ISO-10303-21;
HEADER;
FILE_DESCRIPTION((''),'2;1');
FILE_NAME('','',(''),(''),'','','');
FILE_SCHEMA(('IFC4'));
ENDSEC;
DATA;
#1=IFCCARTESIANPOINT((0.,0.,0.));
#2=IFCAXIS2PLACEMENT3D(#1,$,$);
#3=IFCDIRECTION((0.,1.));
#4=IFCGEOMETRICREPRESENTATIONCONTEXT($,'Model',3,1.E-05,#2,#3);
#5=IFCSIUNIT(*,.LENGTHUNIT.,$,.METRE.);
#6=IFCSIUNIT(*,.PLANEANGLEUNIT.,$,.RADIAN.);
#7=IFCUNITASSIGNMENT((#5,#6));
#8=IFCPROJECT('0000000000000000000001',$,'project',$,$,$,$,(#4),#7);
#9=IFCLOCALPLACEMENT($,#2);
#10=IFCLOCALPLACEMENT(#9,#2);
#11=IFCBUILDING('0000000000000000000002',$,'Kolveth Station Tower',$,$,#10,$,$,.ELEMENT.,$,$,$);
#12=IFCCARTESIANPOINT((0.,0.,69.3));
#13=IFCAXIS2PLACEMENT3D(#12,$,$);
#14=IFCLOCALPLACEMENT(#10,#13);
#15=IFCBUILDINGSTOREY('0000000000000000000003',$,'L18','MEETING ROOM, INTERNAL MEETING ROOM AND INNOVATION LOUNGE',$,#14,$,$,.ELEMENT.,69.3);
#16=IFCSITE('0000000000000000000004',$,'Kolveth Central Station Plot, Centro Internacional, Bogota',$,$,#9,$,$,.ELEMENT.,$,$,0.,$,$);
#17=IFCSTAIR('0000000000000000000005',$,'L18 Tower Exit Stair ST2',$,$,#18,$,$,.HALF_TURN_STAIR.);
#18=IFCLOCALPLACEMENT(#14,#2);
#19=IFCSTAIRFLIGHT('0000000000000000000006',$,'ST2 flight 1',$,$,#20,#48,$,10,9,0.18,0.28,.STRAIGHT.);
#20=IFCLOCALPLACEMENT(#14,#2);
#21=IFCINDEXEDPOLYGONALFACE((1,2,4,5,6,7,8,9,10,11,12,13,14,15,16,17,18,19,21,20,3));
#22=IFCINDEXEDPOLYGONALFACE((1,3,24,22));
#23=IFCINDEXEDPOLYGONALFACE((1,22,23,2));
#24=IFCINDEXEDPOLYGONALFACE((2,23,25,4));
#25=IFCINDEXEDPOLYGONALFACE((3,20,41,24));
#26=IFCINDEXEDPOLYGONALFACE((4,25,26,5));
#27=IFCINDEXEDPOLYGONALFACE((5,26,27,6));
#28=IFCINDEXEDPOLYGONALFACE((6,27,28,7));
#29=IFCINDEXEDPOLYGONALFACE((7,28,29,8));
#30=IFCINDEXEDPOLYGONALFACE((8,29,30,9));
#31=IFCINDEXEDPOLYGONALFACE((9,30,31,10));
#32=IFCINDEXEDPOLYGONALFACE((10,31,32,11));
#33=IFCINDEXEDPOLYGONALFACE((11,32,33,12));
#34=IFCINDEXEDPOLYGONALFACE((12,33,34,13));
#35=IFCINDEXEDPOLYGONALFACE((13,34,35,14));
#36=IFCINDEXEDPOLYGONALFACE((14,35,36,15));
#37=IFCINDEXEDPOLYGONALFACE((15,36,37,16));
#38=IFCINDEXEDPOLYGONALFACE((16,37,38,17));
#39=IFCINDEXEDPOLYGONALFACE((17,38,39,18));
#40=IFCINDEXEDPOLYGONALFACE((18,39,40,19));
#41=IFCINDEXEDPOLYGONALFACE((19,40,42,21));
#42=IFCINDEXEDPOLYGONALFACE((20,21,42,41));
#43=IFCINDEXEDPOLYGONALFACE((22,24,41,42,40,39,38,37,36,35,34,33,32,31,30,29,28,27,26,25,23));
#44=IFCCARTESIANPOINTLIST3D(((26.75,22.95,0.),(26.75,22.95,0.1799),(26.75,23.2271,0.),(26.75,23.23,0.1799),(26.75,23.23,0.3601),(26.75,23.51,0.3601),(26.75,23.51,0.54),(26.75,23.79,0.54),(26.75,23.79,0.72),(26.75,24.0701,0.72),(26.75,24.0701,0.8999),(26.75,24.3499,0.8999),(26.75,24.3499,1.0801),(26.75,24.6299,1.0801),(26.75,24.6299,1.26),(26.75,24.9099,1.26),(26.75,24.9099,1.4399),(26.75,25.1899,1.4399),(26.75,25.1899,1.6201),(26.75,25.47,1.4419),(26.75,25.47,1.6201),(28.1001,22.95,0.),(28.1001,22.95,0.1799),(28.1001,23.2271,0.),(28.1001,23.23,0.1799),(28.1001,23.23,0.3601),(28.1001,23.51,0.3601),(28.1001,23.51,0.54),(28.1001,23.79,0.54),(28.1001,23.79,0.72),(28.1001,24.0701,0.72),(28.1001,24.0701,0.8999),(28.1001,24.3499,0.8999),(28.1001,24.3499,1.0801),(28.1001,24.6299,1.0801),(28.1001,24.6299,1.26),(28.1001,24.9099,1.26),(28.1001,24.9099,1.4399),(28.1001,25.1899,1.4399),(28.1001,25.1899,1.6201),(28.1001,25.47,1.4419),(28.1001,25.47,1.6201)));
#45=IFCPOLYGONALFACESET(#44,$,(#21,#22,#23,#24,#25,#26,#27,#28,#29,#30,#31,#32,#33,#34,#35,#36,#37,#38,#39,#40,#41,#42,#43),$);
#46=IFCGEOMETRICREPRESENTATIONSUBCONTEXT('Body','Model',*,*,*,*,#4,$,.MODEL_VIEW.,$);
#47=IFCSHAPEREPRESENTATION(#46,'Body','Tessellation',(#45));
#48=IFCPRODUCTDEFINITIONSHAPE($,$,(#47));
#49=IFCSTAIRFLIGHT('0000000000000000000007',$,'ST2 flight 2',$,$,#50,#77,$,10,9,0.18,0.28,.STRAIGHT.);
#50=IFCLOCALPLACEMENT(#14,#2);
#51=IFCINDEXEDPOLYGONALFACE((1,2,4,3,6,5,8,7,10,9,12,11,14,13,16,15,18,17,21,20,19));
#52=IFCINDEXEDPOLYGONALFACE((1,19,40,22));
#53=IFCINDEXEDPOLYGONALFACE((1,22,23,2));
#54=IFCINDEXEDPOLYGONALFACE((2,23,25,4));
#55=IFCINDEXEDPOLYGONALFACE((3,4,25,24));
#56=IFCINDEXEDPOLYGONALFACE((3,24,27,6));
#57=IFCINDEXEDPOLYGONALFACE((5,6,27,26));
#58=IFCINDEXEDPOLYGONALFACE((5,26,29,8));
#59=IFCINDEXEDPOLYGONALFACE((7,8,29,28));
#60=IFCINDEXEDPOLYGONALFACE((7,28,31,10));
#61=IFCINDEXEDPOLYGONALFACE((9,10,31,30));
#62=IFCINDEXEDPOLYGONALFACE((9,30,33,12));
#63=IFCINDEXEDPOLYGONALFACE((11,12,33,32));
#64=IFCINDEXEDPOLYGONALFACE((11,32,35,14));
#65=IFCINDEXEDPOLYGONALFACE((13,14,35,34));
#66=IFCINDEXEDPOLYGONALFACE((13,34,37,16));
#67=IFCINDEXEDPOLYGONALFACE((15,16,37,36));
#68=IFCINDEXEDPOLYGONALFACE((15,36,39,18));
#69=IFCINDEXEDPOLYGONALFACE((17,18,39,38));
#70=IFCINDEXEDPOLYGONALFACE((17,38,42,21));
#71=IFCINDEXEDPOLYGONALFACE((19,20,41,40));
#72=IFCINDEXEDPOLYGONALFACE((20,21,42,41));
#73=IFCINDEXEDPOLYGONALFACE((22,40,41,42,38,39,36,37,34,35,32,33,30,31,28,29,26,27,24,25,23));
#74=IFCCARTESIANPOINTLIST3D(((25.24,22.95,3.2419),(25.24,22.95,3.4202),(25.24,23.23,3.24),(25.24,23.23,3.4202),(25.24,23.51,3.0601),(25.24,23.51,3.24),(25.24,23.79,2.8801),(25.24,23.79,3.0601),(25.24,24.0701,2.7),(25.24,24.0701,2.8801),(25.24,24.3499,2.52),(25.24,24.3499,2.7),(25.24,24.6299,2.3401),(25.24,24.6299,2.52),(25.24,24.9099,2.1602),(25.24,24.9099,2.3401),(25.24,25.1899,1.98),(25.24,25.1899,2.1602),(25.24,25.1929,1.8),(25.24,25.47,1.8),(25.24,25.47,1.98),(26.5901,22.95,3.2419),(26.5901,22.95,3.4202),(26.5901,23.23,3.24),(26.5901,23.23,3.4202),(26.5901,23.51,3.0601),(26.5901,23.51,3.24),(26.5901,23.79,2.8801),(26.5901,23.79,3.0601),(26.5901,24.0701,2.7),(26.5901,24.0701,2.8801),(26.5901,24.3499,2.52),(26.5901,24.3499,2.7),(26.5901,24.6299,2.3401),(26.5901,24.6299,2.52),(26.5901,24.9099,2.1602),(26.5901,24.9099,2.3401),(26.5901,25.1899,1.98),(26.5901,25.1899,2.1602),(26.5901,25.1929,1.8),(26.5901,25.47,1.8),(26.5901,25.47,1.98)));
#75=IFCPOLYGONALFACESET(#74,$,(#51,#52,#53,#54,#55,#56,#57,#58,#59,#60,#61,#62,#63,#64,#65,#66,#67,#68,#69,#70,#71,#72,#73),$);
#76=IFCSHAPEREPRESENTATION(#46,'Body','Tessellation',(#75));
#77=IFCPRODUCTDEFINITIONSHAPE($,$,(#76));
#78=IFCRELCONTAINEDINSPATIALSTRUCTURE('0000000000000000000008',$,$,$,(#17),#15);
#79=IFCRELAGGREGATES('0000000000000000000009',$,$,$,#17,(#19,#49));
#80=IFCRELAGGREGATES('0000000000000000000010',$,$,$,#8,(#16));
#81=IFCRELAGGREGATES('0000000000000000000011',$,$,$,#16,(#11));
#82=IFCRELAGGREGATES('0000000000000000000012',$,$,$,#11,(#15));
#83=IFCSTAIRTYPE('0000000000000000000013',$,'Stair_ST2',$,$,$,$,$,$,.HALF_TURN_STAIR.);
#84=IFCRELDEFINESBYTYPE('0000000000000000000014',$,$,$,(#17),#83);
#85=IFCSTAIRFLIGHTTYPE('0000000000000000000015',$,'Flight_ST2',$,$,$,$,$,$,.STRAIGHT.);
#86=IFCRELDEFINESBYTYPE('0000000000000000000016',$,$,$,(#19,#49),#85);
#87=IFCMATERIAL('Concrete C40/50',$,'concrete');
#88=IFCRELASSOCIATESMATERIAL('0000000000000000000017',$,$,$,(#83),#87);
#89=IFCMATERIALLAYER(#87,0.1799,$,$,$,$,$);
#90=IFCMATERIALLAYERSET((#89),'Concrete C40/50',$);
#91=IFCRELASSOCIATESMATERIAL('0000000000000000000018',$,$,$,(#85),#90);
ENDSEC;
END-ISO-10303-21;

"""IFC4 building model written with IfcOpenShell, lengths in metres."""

from ifc_helpers import new_model, si_unit, direction, frame, origin, place, context, subcontext, project, spatial, polyline, outline, extrude, material, layer, layer_set, type_object, element, aggregate, save


model = new_model("IFC4")

# Units and contexts
model_context = context("Model", 3, precision=1e-05, world=origin(), true_north=direction((0.0, 1.0)))
body_context = subcontext(model_context, "Body", "Model", "MODEL_VIEW")
ifc_project = project(units=[si_unit("LENGTHUNIT", "METRE"), si_unit("PLANEANGLEUNIT", "RADIAN")], contexts=[model_context])

# Site, building, storey
site_placement = place(None, origin())
site = spatial("IfcSite", under=ifc_project, at=site_placement, Name="Kolveth Central Station Plot, Centro Internacional, Bogota", CompositionType="ELEMENT", RefElevation=0.0)
building_placement = place(site_placement, origin())
building = spatial("IfcBuilding", under=site, at=building_placement, Name="Kolveth Station Tower", CompositionType="ELEMENT")
storey_placement = place(building_placement, frame((0.0, 0.0, 69.3)))
storey = spatial("IfcBuildingStorey", under=building, at=storey_placement, Name="L18", Description="MEETING ROOM, INTERNAL MEETING ROOM AND INNOVATION LOUNGE", CompositionType="ELEMENT", Elevation=69.3)

# Shared definitions
ifc_material_1 = material(Name="Concrete C40/50", Category="concrete")

# Stair, stair flights
stair_type = type_object("IfcStairType", Name="Stair_ST2", PredefinedType="HALF_TURN_STAIR", material=ifc_material_1)
stair_placement = place(storey_placement, origin())
stair = element("IfcStair", 1, at=stair_placement, inside=storey, type_object=stair_type, Name="L18 Tower Exit Stair ST2", PredefinedType="HALF_TURN_STAIR")
ifc_layer_1 = layer(ifc_material_1, 0.1799)
ifc_layer_set_1 = layer_set([ifc_layer_1], Name="Concrete C40/50")
stair_flight_type = type_object("IfcStairFlightType", Name="Flight_ST2", PredefinedType="STRAIGHT", material=ifc_layer_set_1)
stair_flight_1_placement = place(storey_placement, frame((27.425, 22.95, 0.0), z_axis=(0.0, 0.0, 1.0), x_axis=(0.0, 1.0, 0.0)))
stair_flight_1 = element("IfcStairFlight", 2, at=stair_flight_1_placement, type_object=stair_flight_type, Name="ST2 flight 1", NumberOfRisers=10, NumberOfTreads=9, PredefinedType="STRAIGHT", RiserHeight=0.18, TreadLength=0.28, context=body_context, shape_type="SweptSolid", body=[
    extrude(outline(polyline([(0.0, 0.0), (0.0, 0.1799), (0.28, 0.1799), (0.28, 0.3601), (0.5601, 0.3601), (0.5601, 0.54), (0.8401, 0.54), (0.8401, 0.72), (1.1201, 0.72), (1.1201, 0.8999), (1.3999, 0.8999), (1.3999, 1.0801), (1.6799, 1.0801), (1.6799, 1.26), (1.96, 1.26), (1.96, 1.4399), (2.24, 1.4399), (2.24, 1.6201), (2.52, 1.6201), (2.52, 1.8), (2.52, 1.4419), (0.2771, 0.0), (0.0, 0.0)])), frame((0.0, 0.675, 0.0), z_axis=(0.0, -1.0, 0.0), x_axis=(1.0, 0.0, 0.0)), (0.0, 0.0, 1.0), 1.3501),
])
stair_flight_2_placement = place(storey_placement, frame((25.915, 25.47, 1.8), z_axis=(0.0, 0.0, 1.0), x_axis=(0.0, -1.0, 0.0)))
stair_flight_2 = element("IfcStairFlight", 3, at=stair_flight_2_placement, type_object=stair_flight_type, Name="ST2 flight 2", NumberOfRisers=10, NumberOfTreads=9, PredefinedType="STRAIGHT", RiserHeight=0.18, TreadLength=0.28, context=body_context, shape_type="SweptSolid", body=[
    extrude(outline(polyline([(0.0, 0.0), (0.0, 0.1799), (0.28, 0.1799), (0.28, 0.3601), (0.5601, 0.3601), (0.5601, 0.54), (0.8401, 0.54), (0.8401, 0.72), (1.1201, 0.72), (1.1201, 0.8999), (1.3999, 0.8999), (1.3999, 1.0801), (1.6799, 1.0801), (1.6799, 1.26), (1.96, 1.26), (1.96, 1.4399), (2.24, 1.4399), (2.24, 1.6201), (2.52, 1.6201), (2.52, 1.8), (2.52, 1.4419), (0.2771, 0.0), (0.0, 0.0)])), frame((0.0, 0.675, 0.0), z_axis=(0.0, -1.0, 0.0), x_axis=(1.0, 0.0, 0.0)), (0.0, 0.0, 1.0), 1.3501),
])
aggregate(stair, [stair_flight_1, stair_flight_2])

save(model, "model.ifc")
